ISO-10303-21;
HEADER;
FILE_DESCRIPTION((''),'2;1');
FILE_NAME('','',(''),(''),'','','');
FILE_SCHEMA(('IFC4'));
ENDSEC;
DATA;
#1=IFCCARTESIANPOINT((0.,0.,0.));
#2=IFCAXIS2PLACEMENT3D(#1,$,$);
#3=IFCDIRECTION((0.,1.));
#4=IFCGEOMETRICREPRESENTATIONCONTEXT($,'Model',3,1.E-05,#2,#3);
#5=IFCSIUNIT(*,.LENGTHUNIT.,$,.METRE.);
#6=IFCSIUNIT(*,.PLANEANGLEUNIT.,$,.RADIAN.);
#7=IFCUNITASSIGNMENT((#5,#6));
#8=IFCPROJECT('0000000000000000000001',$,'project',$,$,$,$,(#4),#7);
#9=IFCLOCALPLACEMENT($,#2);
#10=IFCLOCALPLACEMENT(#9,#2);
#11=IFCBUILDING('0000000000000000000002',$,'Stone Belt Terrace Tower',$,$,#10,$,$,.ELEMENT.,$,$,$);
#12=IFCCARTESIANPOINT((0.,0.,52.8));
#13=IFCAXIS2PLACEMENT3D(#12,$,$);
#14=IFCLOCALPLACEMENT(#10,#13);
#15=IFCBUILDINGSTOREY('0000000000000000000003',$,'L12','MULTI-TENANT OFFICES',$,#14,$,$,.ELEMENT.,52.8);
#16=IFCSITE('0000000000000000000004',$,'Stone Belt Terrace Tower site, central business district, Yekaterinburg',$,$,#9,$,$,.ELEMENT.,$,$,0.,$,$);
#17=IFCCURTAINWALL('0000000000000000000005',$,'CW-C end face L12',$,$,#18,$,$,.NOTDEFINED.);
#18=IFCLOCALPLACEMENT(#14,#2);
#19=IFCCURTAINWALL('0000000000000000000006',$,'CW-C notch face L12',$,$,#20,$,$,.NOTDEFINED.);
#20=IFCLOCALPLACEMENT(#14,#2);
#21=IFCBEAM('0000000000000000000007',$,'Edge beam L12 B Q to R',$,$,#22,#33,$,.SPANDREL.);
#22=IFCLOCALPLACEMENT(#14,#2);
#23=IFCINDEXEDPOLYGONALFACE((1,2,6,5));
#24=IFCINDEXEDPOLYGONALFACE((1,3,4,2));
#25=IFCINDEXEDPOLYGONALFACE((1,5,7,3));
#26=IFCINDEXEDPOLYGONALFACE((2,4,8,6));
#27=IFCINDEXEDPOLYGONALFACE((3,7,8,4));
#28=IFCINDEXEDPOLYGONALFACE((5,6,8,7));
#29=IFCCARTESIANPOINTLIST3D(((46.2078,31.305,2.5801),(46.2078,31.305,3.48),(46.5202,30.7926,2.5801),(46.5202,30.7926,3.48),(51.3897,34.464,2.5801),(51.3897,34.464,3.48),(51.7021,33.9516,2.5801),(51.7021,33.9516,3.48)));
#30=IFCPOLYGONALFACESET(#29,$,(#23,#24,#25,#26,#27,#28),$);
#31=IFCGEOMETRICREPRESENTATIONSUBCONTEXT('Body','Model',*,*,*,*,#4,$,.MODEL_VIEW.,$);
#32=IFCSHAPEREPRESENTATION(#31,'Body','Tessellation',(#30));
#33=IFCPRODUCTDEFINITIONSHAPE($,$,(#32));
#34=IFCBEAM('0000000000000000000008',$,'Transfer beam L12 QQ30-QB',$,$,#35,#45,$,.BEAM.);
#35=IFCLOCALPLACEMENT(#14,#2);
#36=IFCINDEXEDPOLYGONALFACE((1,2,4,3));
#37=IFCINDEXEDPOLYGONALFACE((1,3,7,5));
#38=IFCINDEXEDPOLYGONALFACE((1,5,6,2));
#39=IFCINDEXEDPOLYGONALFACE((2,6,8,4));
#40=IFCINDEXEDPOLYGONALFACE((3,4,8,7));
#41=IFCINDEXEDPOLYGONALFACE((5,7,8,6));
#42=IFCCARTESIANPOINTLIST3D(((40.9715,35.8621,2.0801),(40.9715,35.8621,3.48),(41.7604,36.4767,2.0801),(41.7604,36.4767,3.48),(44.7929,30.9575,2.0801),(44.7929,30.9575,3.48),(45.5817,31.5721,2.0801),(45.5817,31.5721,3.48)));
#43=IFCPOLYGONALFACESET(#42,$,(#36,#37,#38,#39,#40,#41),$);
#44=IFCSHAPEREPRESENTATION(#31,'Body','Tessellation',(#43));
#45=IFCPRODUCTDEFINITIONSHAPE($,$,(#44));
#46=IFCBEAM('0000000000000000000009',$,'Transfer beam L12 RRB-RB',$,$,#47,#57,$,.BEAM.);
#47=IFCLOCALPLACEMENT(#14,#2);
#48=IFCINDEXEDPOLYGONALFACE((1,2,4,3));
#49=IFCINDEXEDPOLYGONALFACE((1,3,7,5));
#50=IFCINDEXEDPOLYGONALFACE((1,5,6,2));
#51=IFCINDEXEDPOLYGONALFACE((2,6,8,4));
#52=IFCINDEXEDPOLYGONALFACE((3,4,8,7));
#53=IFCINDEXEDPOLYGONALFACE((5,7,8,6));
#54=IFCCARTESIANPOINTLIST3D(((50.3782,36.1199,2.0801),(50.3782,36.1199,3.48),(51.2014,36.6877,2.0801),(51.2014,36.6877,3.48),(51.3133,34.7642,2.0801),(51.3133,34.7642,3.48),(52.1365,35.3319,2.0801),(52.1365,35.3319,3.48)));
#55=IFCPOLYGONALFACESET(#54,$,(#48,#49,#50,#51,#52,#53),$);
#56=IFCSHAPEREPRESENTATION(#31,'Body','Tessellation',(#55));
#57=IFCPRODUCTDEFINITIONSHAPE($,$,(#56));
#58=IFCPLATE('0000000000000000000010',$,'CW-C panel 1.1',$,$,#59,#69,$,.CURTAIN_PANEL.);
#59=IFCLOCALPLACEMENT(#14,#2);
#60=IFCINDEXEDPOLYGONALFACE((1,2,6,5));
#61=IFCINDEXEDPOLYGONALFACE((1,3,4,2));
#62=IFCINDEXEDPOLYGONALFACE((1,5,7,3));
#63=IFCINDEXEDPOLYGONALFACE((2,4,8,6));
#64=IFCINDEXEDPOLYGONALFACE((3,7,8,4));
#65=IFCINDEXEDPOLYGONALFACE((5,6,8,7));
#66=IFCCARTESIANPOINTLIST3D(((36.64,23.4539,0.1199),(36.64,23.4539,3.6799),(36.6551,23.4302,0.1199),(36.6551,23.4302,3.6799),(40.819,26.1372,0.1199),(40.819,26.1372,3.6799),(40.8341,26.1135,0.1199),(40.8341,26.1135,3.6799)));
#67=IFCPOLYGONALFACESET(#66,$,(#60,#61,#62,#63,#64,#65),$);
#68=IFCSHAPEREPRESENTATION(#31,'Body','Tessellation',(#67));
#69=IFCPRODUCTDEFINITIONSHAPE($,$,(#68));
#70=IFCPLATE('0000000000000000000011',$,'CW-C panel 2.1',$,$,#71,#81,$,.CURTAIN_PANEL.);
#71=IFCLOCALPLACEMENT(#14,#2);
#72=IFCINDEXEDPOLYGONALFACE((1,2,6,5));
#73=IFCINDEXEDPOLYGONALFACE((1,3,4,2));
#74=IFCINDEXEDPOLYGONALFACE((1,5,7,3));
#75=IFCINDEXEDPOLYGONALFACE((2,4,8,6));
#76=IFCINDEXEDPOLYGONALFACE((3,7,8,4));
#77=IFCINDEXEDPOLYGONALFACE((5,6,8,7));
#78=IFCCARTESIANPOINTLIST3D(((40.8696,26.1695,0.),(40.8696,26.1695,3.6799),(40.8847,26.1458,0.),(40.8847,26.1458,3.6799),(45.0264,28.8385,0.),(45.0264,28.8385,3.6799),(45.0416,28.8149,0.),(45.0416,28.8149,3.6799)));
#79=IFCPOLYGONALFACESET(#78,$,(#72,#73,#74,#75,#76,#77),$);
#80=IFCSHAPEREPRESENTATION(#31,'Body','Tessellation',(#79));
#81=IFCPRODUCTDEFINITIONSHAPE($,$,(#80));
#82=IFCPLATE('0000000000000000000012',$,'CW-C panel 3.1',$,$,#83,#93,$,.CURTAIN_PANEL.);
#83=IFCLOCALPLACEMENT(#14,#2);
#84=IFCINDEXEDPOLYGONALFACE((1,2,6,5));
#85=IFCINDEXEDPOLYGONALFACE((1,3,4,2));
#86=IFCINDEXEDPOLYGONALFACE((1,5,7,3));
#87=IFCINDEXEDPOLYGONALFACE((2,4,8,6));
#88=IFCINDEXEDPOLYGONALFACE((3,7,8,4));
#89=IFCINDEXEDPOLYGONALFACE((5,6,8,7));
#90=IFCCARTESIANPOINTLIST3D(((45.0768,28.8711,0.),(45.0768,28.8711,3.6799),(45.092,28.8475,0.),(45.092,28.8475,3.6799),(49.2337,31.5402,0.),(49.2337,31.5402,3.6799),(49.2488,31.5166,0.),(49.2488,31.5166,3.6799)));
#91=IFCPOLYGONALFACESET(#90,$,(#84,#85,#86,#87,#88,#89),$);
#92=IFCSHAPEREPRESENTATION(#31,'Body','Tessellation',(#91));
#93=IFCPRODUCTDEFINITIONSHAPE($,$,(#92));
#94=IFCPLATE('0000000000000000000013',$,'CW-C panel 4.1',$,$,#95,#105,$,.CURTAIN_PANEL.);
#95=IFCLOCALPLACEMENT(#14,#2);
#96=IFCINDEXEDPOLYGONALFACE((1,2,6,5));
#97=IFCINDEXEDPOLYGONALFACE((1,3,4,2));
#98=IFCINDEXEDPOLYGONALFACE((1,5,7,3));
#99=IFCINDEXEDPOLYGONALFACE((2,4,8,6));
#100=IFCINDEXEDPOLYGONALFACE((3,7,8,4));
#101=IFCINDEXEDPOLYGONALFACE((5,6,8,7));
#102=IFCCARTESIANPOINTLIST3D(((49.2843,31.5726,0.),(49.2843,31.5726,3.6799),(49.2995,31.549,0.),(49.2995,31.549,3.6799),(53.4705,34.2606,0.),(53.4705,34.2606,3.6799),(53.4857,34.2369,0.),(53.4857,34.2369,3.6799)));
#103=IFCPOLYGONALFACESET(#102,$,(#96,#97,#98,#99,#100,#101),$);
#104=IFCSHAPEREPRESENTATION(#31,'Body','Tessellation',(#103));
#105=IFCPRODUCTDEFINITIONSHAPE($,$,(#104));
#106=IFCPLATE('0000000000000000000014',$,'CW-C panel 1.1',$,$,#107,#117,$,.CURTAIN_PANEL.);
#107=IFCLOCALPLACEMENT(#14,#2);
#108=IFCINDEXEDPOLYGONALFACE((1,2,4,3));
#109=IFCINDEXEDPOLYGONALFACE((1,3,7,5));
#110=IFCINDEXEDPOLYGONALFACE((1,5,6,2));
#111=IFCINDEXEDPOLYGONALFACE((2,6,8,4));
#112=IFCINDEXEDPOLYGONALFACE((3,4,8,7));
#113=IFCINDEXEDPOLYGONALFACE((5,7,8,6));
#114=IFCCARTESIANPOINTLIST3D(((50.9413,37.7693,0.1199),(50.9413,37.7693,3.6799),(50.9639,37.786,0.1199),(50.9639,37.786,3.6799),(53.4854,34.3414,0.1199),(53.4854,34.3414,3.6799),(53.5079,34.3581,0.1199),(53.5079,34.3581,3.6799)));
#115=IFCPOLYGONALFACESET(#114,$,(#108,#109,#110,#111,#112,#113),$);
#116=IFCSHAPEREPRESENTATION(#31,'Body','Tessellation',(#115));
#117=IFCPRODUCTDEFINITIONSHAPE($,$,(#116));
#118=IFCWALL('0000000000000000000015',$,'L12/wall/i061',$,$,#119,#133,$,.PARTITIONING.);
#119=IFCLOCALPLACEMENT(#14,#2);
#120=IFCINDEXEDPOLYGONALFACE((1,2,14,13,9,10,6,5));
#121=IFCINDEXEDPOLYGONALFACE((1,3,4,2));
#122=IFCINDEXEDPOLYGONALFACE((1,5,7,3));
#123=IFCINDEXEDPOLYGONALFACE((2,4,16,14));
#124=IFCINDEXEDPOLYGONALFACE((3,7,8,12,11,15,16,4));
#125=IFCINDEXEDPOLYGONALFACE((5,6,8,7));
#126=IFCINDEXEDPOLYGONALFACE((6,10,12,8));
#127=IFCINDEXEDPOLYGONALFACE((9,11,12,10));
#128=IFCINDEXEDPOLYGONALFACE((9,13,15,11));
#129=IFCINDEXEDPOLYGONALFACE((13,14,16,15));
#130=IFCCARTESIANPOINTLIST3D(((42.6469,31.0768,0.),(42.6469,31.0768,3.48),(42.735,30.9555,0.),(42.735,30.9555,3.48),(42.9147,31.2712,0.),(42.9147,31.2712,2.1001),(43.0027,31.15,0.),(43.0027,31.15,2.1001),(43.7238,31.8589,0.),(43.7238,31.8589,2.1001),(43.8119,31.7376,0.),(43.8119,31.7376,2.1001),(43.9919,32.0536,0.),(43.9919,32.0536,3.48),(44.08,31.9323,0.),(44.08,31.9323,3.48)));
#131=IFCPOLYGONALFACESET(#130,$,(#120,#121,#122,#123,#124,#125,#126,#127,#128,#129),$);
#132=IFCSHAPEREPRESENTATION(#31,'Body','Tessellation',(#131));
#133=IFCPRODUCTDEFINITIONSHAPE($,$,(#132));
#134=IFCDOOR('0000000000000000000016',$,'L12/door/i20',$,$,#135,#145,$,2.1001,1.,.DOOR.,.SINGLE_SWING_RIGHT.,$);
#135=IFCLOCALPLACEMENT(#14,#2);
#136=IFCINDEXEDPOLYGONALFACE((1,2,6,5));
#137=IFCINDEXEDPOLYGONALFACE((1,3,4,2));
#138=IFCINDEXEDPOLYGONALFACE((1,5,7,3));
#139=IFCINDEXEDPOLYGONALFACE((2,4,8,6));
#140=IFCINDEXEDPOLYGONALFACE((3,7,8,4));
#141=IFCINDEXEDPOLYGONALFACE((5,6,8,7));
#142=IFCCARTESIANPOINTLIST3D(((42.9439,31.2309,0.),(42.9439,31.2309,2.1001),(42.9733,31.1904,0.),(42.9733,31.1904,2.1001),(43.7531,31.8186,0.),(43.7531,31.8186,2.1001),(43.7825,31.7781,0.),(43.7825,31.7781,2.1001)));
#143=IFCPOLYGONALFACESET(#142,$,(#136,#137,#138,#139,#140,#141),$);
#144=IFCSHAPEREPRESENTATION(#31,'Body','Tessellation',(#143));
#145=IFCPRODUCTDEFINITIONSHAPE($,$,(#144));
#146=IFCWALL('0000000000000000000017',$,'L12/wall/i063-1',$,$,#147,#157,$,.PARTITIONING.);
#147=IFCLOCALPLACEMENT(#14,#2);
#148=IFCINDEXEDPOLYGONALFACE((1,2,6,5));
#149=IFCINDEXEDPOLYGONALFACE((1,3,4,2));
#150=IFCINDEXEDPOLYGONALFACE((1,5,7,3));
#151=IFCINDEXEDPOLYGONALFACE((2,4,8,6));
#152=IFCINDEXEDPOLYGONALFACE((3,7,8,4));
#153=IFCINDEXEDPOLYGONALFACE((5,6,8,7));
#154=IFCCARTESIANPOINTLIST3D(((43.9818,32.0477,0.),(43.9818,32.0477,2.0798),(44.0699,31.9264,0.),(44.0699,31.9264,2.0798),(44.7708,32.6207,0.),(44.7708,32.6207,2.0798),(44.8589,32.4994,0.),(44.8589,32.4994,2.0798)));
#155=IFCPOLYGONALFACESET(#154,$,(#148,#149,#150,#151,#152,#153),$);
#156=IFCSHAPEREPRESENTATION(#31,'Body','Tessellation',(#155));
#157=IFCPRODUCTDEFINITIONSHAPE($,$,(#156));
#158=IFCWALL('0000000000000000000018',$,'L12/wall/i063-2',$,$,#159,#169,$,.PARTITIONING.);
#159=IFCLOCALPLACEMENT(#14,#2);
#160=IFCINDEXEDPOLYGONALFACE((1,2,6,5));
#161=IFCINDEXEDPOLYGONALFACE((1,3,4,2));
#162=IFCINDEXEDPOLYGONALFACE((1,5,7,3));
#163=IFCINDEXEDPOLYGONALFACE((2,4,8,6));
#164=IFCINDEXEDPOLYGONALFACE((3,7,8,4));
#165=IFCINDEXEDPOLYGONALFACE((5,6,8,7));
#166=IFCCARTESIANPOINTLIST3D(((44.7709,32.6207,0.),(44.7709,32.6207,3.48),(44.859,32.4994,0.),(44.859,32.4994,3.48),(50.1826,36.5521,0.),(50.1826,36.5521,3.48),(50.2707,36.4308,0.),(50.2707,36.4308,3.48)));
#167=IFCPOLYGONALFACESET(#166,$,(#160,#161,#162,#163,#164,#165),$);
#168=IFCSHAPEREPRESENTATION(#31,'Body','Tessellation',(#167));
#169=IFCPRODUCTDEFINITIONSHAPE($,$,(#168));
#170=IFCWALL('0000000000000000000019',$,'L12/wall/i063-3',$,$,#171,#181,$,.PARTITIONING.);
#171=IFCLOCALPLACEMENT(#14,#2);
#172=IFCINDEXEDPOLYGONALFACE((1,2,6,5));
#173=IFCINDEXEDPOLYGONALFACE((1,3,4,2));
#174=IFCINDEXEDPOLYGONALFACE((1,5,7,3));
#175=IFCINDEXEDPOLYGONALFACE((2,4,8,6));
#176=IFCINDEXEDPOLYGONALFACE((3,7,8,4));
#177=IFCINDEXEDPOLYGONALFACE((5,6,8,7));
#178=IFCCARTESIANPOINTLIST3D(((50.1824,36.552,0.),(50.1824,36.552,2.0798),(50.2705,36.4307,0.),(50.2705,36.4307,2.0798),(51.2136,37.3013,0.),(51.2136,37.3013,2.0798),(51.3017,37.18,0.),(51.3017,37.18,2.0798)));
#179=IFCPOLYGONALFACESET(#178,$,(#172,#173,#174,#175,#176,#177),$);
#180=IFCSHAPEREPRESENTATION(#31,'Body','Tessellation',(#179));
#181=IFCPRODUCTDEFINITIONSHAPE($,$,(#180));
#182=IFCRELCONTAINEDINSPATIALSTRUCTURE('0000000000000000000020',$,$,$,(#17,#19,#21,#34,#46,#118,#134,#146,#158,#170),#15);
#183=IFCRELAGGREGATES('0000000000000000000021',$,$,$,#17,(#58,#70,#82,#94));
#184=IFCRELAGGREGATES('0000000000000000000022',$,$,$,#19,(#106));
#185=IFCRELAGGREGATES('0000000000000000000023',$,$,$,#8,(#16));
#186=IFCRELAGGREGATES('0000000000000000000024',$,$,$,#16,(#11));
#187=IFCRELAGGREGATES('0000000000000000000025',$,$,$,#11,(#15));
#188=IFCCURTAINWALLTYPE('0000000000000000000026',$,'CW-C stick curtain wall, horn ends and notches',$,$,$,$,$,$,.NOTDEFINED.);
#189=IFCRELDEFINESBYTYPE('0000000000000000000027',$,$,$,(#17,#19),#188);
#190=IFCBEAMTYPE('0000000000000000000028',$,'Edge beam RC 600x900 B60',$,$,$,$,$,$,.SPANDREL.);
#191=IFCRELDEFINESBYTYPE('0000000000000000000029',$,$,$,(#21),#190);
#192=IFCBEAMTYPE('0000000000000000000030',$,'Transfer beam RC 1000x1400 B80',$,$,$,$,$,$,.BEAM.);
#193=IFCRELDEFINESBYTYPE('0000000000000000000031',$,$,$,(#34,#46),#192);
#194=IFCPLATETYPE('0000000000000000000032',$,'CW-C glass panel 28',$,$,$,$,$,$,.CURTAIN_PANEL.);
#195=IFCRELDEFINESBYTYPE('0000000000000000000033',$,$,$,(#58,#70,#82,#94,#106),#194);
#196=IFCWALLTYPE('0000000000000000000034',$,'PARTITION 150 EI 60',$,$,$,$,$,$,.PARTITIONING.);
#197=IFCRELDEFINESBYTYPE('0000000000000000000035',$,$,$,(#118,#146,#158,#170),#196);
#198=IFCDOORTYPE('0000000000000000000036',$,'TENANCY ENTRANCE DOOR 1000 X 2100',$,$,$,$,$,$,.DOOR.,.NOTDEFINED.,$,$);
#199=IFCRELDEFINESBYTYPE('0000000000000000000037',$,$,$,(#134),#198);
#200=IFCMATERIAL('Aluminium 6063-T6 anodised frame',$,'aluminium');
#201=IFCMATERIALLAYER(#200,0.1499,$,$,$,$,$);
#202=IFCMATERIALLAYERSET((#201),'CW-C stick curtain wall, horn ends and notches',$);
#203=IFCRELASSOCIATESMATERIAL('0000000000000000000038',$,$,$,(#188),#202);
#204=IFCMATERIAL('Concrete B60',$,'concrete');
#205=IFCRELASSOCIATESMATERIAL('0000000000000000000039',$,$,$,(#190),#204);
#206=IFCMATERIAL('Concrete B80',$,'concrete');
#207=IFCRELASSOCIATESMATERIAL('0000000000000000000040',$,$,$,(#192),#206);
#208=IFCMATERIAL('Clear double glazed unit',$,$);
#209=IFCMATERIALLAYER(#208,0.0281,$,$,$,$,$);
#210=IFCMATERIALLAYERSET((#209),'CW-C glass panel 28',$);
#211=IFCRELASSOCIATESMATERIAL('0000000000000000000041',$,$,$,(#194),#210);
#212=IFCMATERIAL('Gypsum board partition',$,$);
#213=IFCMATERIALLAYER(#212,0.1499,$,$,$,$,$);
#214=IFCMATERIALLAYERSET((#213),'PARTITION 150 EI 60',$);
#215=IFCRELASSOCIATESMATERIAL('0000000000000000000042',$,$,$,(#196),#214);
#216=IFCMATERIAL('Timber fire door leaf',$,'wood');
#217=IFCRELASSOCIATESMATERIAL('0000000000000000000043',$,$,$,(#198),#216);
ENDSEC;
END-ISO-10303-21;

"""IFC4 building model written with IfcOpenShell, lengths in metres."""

from ifc_helpers import new_model, si_unit, direction, frame, frame_2d, origin, origin_2d, place, context, subcontext, project, spatial, rectangle, extrude, material, layer, layer_set, material_profile, profile_set, type_object, element, fill, aggregate, save


model = new_model("IFC4")

# Units and contexts
model_context = context("Model", 3, precision=1e-05, world=origin(), true_north=direction((0.0, 1.0)))
body_context = subcontext(model_context, "Body", "Model", "MODEL_VIEW")
ifc_project = project(units=[si_unit("LENGTHUNIT", "METRE"), si_unit("PLANEANGLEUNIT", "RADIAN")], contexts=[model_context])

# Site, building, storey
site_placement = place(None, origin())
site = spatial("IfcSite", under=ifc_project, at=site_placement, Name="Stone Belt Terrace Tower site, central business district, Yekaterinburg", CompositionType="ELEMENT", RefElevation=0.0)
building_placement = place(site_placement, origin())
building = spatial("IfcBuilding", under=site, at=building_placement, Name="Stone Belt Terrace Tower", CompositionType="ELEMENT")
storey_placement = place(building_placement, frame((0.0, 0.0, 52.8)))
storey = spatial("IfcBuildingStorey", under=building, at=storey_placement, Name="L12", Description="MULTI-TENANT OFFICES", CompositionType="ELEMENT", Elevation=52.8)

# Shared definitions
ifc_material_1 = material(Name="Concrete B80", Category="concrete")

# Curtain wall
ifc_material_2 = material(Name="Aluminium 6063-T6 anodised frame", Category="aluminium")
ifc_layer_1 = layer(ifc_material_2, 0.1499)
ifc_layer_set_1 = layer_set([ifc_layer_1], Name="CW-C stick curtain wall, horn ends and notches")
curtain_wall_type = type_object("IfcCurtainWallType", Name="CW-C stick curtain wall, horn ends and notches", PredefinedType="NOTDEFINED", material=ifc_layer_set_1)
curtain_wall_1_placement = place(storey_placement, origin())
curtain_wall_1 = element("IfcCurtainWall", 1, at=curtain_wall_1_placement, inside=storey, type_object=curtain_wall_type, Name="CW-C end face L12", PredefinedType="NOTDEFINED")

# Curtain wall
curtain_wall_2_placement = place(storey_placement, origin())
curtain_wall_2 = element("IfcCurtainWall", 2, at=curtain_wall_2_placement, inside=storey, type_object=curtain_wall_type, Name="CW-C notch face L12", PredefinedType="NOTDEFINED")

# Beams
ifc_material_3 = material(Name="Concrete B60", Category="concrete")
ifc_material_profile_1 = material_profile(ifc_material_3, rectangle(XDim=0.6001, YDim=0.8999, at=origin_2d()), Name="RC 600x900")
ifc_profile_set_1 = profile_set([ifc_material_profile_1], Name="Concrete B60")
beam_type_1 = type_object("IfcBeamType", Name="Edge beam RC 600x900 B60", PredefinedType="SPANDREL", material=ifc_profile_set_1)
beam_1_placement = place(storey_placement, frame((46.364, 31.0488, 3.03), z_axis=(0.853851, 0.520517, 0.0), x_axis=(-0.520517, 0.853851, 0.0)))
element("IfcBeam", 3, at=beam_1_placement, inside=storey, type_object=beam_type_1, Name="Edge beam L12 B Q to R", PredefinedType="SPANDREL", context=body_context, shape_type="SweptSolid", body=[
    extrude(rectangle(XDim=0.6001, YDim=0.8999, at=origin_2d()), origin(), (0.0, 0.0, 1.0), 6.0688),
])
ifc_material_profile_2 = material_profile(ifc_material_1, rectangle(XDim=1.0, YDim=1.3999, at=origin_2d()), Name="RC 1000x1400")
ifc_profile_set_2 = profile_set([ifc_material_profile_2], Name="Concrete B80")
beam_type_2 = type_object("IfcBeamType", Name="Transfer beam RC 1000x1400 B80", PredefinedType="BEAM", material=ifc_profile_set_2)
beam_2_placement = place(storey_placement, frame((41.366, 36.1694, 2.78), z_axis=(0.614606, -0.788834, 0.0), x_axis=(0.788834, 0.614606, 0.0)))
element("IfcBeam", 4, at=beam_2_placement, inside=storey, type_object=beam_type_2, Name="Transfer beam L12 QQ30-QB", PredefinedType="BEAM", context=body_context, shape_type="SweptSolid", body=[
    extrude(rectangle(XDim=1.0, YDim=1.3999, at=origin_2d()), origin(), (0.0, 0.0, 1.0), 6.2175),
])
beam_3_placement = place(storey_placement, frame((50.7898, 36.4038, 2.78), z_axis=(0.567768, -0.823189, 0.0), x_axis=(0.823189, 0.567768, 0.0)))
element("IfcBeam", 5, at=beam_3_placement, inside=storey, type_object=beam_type_2, Name="Transfer beam L12 RRB-RB", PredefinedType="BEAM", context=body_context, shape_type="SweptSolid", body=[
    extrude(rectangle(XDim=1.0, YDim=1.3999, at=origin_2d()), origin(), (0.0, 0.0, 1.0), 1.647),
])

# Plates
ifc_material_4 = material(Name="Clear double glazed unit")
ifc_layer_2 = layer(ifc_material_4, 0.0281)
ifc_layer_set_2 = layer_set([ifc_layer_2], Name="CW-C glass panel 28")
plate_type = type_object("IfcPlateType", Name="CW-C glass panel 28", PredefinedType="CURTAIN_PANEL", material=ifc_layer_set_2)
plate_1_placement = place(storey_placement, frame((38.7371, 24.7837, 0.1199), z_axis=(0.0, 0.0, 1.0), x_axis=(0.841471, 0.540302, 0.0)))
plate_1 = element("IfcPlate", 6, at=plate_1_placement, type_object=plate_type, Name="CW-C panel 1.1", PredefinedType="CURTAIN_PANEL", context=body_context, shape_type="SweptSolid", body=[
    extrude(rectangle(XDim=4.9663, YDim=0.0281, at=origin_2d()), origin(), (0.0, 0.0, 1.0), 3.5601),
])
plate_2_placement = place(storey_placement, frame((42.9556, 27.4922, 0.0), z_axis=(0.0, 0.0, 1.0), x_axis=(0.841471, 0.540302, 0.0)))
plate_2 = element("IfcPlate", 7, at=plate_2_placement, type_object=plate_type, Name="CW-C panel 2.1", PredefinedType="CURTAIN_PANEL", context=body_context, shape_type="SweptSolid", body=[
    extrude(rectangle(XDim=4.9399, YDim=0.0281, at=origin_2d()), origin(), (0.0, 0.0, 1.0), 3.6799),
])
plate_3_placement = place(storey_placement, frame((47.1628, 30.1938, 0.0), z_axis=(0.0, 0.0, 1.0), x_axis=(0.841471, 0.540302, 0.0)))
plate_3 = element("IfcPlate", 8, at=plate_3_placement, type_object=plate_type, Name="CW-C panel 3.1", PredefinedType="CURTAIN_PANEL", context=body_context, shape_type="SweptSolid", body=[
    extrude(rectangle(XDim=4.9399, YDim=0.0281, at=origin_2d()), origin(), (0.0, 0.0, 1.0), 3.6799),
])
plate_4_placement = place(storey_placement, frame((51.385, 32.9048, 0.0), z_axis=(0.0, 0.0, 1.0), x_axis=(0.841471, 0.540302, 0.0)))
plate_4 = element("IfcPlate", 9, at=plate_4_placement, type_object=plate_type, Name="CW-C panel 4.1", PredefinedType="CURTAIN_PANEL", context=body_context, shape_type="SweptSolid", body=[
    extrude(rectangle(XDim=4.9749, YDim=0.0281, at=origin_2d()), origin(), (0.0, 0.0, 1.0), 3.6799),
])
aggregate(curtain_wall_1, [plate_1, plate_2, plate_3, plate_4])
plate_5_placement = place(storey_placement, frame((52.2246, 36.0637, 0.1199), z_axis=(0.0, 0.0, 1.0), x_axis=(-0.595964, 0.803011, 0.0)))
plate_5 = element("IfcPlate", 10, at=plate_5_placement, type_object=plate_type, Name="CW-C panel 1.1", PredefinedType="CURTAIN_PANEL", context=body_context, shape_type="SweptSolid", body=[
    extrude(rectangle(XDim=4.2688, YDim=0.0281, at=origin_2d()), origin(), (0.0, 0.0, 1.0), 3.5601),
])
aggregate(curtain_wall_2, [plate_5])

# Wall, opening, door
ifc_material_5 = material(Name="Gypsum board partition")
ifc_layer_3 = layer(ifc_material_5, 0.1499)
ifc_layer_set_3 = layer_set([ifc_layer_3], Name="PARTITION 150 EI 60")
wall_type = type_object("IfcWallType", Name="PARTITION 150 EI 60", PredefinedType="PARTITIONING", material=ifc_layer_set_3)
wall_1_placement = place(storey_placement, frame((44.0359, 31.9929, 0.0), z_axis=(0.0, 0.0, 1.0), x_axis=(-0.809123, -0.587639, 0.0)))
wall_1 = element("IfcWall", 11, at=wall_1_placement, inside=storey, type_object=wall_type, Name="L12/wall/i061", PredefinedType="PARTITIONING", context=body_context, shape_type="SweptSolid", body=[
    extrude(rectangle(XDim=1.6624, YDim=0.1499, at=frame_2d((0.8311, 0.0))), origin(), (0.0, 0.0, 1.0), 3.48),
])
opening_1_placement = place(wall_1_placement, frame((0.3313, 0.0, 0.0)))
opening_1 = element("IfcOpeningElement", 12, at=opening_1_placement, cuts=wall_1, PredefinedType="OPENING", context=body_context, shape_type="SweptSolid", body=[
    extrude(rectangle(XDim=1.0, YDim=2.1001, at=frame_2d((0.5, 1.05))), frame((0.0, 0.085, 0.0), z_axis=(0.0, -1.0, 0.0), x_axis=(1.0, 0.0, 0.0)), (0.0, 0.0, 1.0), 0.1699),
])
ifc_material_6 = material(Name="Timber fire door leaf", Category="wood")
door_type = type_object("IfcDoorType", Name="TENANCY ENTRANCE DOOR 1000 X 2100", OperationType="NOTDEFINED", PredefinedType="DOOR", material=ifc_material_6)
door_1_placement = place(opening_1_placement, origin())
door_1 = element("IfcDoor", 13, at=door_1_placement, inside=storey, type_object=door_type, Name="L12/door/i20", OperationType="SINGLE_SWING_RIGHT", OverallHeight=2.1001, OverallWidth=1.0, PredefinedType="DOOR", context=body_context, shape_type="SweptSolid", body=[
    extrude(rectangle(XDim=1.0, YDim=2.1001, at=frame_2d((0.5, 1.05))), frame((0.0, 0.0249, 0.0), z_axis=(0.0, -1.0, 0.0), x_axis=(1.0, 0.0, 0.0)), (0.0, 0.0, 1.0), 0.05),
])
fill(opening_1, door_1)

# Walls
wall_2_placement = place(storey_placement, frame((44.0259, 31.9871, 0.0), z_axis=(0.0, 0.0, 1.0), x_axis=(0.809158, 0.587591, 0.0)))
element("IfcWall", 14, at=wall_2_placement, inside=storey, type_object=wall_type, Name="L12/wall/i063-1", PredefinedType="PARTITIONING", context=body_context, shape_type="SweptSolid", body=[
    extrude(rectangle(XDim=0.9751, YDim=0.1499, at=frame_2d((0.4875, 0.0))), origin(), (0.0, 0.0, 1.0), 2.0798),
])
wall_3_placement = place(storey_placement, frame((44.8149, 32.5601, 0.0), z_axis=(0.0, 0.0, 1.0), x_axis=(0.809044, 0.587748, 0.0)))
element("IfcWall", 15, at=wall_3_placement, inside=storey, type_object=wall_type, Name="L12/wall/i063-2", PredefinedType="PARTITIONING", context=body_context, shape_type="SweptSolid", body=[
    extrude(rectangle(XDim=6.689, YDim=0.1499, at=frame_2d((3.3445, 0.0))), origin(), (0.0, 0.0, 1.0), 3.48),
])
wall_4_placement = place(storey_placement, frame((50.2266, 36.4915, 0.0), z_axis=(0.0, 0.0, 1.0), x_axis=(0.809009, 0.587796, 0.0)))
element("IfcWall", 16, at=wall_4_placement, inside=storey, type_object=wall_type, Name="L12/wall/i063-3", PredefinedType="PARTITIONING", context=body_context, shape_type="SweptSolid", body=[
    extrude(rectangle(XDim=1.2747, YDim=0.1499, at=frame_2d((0.6372, 0.0))), origin(), (0.0, 0.0, 1.0), 2.0798),
])

save(model, "model.ifc")
